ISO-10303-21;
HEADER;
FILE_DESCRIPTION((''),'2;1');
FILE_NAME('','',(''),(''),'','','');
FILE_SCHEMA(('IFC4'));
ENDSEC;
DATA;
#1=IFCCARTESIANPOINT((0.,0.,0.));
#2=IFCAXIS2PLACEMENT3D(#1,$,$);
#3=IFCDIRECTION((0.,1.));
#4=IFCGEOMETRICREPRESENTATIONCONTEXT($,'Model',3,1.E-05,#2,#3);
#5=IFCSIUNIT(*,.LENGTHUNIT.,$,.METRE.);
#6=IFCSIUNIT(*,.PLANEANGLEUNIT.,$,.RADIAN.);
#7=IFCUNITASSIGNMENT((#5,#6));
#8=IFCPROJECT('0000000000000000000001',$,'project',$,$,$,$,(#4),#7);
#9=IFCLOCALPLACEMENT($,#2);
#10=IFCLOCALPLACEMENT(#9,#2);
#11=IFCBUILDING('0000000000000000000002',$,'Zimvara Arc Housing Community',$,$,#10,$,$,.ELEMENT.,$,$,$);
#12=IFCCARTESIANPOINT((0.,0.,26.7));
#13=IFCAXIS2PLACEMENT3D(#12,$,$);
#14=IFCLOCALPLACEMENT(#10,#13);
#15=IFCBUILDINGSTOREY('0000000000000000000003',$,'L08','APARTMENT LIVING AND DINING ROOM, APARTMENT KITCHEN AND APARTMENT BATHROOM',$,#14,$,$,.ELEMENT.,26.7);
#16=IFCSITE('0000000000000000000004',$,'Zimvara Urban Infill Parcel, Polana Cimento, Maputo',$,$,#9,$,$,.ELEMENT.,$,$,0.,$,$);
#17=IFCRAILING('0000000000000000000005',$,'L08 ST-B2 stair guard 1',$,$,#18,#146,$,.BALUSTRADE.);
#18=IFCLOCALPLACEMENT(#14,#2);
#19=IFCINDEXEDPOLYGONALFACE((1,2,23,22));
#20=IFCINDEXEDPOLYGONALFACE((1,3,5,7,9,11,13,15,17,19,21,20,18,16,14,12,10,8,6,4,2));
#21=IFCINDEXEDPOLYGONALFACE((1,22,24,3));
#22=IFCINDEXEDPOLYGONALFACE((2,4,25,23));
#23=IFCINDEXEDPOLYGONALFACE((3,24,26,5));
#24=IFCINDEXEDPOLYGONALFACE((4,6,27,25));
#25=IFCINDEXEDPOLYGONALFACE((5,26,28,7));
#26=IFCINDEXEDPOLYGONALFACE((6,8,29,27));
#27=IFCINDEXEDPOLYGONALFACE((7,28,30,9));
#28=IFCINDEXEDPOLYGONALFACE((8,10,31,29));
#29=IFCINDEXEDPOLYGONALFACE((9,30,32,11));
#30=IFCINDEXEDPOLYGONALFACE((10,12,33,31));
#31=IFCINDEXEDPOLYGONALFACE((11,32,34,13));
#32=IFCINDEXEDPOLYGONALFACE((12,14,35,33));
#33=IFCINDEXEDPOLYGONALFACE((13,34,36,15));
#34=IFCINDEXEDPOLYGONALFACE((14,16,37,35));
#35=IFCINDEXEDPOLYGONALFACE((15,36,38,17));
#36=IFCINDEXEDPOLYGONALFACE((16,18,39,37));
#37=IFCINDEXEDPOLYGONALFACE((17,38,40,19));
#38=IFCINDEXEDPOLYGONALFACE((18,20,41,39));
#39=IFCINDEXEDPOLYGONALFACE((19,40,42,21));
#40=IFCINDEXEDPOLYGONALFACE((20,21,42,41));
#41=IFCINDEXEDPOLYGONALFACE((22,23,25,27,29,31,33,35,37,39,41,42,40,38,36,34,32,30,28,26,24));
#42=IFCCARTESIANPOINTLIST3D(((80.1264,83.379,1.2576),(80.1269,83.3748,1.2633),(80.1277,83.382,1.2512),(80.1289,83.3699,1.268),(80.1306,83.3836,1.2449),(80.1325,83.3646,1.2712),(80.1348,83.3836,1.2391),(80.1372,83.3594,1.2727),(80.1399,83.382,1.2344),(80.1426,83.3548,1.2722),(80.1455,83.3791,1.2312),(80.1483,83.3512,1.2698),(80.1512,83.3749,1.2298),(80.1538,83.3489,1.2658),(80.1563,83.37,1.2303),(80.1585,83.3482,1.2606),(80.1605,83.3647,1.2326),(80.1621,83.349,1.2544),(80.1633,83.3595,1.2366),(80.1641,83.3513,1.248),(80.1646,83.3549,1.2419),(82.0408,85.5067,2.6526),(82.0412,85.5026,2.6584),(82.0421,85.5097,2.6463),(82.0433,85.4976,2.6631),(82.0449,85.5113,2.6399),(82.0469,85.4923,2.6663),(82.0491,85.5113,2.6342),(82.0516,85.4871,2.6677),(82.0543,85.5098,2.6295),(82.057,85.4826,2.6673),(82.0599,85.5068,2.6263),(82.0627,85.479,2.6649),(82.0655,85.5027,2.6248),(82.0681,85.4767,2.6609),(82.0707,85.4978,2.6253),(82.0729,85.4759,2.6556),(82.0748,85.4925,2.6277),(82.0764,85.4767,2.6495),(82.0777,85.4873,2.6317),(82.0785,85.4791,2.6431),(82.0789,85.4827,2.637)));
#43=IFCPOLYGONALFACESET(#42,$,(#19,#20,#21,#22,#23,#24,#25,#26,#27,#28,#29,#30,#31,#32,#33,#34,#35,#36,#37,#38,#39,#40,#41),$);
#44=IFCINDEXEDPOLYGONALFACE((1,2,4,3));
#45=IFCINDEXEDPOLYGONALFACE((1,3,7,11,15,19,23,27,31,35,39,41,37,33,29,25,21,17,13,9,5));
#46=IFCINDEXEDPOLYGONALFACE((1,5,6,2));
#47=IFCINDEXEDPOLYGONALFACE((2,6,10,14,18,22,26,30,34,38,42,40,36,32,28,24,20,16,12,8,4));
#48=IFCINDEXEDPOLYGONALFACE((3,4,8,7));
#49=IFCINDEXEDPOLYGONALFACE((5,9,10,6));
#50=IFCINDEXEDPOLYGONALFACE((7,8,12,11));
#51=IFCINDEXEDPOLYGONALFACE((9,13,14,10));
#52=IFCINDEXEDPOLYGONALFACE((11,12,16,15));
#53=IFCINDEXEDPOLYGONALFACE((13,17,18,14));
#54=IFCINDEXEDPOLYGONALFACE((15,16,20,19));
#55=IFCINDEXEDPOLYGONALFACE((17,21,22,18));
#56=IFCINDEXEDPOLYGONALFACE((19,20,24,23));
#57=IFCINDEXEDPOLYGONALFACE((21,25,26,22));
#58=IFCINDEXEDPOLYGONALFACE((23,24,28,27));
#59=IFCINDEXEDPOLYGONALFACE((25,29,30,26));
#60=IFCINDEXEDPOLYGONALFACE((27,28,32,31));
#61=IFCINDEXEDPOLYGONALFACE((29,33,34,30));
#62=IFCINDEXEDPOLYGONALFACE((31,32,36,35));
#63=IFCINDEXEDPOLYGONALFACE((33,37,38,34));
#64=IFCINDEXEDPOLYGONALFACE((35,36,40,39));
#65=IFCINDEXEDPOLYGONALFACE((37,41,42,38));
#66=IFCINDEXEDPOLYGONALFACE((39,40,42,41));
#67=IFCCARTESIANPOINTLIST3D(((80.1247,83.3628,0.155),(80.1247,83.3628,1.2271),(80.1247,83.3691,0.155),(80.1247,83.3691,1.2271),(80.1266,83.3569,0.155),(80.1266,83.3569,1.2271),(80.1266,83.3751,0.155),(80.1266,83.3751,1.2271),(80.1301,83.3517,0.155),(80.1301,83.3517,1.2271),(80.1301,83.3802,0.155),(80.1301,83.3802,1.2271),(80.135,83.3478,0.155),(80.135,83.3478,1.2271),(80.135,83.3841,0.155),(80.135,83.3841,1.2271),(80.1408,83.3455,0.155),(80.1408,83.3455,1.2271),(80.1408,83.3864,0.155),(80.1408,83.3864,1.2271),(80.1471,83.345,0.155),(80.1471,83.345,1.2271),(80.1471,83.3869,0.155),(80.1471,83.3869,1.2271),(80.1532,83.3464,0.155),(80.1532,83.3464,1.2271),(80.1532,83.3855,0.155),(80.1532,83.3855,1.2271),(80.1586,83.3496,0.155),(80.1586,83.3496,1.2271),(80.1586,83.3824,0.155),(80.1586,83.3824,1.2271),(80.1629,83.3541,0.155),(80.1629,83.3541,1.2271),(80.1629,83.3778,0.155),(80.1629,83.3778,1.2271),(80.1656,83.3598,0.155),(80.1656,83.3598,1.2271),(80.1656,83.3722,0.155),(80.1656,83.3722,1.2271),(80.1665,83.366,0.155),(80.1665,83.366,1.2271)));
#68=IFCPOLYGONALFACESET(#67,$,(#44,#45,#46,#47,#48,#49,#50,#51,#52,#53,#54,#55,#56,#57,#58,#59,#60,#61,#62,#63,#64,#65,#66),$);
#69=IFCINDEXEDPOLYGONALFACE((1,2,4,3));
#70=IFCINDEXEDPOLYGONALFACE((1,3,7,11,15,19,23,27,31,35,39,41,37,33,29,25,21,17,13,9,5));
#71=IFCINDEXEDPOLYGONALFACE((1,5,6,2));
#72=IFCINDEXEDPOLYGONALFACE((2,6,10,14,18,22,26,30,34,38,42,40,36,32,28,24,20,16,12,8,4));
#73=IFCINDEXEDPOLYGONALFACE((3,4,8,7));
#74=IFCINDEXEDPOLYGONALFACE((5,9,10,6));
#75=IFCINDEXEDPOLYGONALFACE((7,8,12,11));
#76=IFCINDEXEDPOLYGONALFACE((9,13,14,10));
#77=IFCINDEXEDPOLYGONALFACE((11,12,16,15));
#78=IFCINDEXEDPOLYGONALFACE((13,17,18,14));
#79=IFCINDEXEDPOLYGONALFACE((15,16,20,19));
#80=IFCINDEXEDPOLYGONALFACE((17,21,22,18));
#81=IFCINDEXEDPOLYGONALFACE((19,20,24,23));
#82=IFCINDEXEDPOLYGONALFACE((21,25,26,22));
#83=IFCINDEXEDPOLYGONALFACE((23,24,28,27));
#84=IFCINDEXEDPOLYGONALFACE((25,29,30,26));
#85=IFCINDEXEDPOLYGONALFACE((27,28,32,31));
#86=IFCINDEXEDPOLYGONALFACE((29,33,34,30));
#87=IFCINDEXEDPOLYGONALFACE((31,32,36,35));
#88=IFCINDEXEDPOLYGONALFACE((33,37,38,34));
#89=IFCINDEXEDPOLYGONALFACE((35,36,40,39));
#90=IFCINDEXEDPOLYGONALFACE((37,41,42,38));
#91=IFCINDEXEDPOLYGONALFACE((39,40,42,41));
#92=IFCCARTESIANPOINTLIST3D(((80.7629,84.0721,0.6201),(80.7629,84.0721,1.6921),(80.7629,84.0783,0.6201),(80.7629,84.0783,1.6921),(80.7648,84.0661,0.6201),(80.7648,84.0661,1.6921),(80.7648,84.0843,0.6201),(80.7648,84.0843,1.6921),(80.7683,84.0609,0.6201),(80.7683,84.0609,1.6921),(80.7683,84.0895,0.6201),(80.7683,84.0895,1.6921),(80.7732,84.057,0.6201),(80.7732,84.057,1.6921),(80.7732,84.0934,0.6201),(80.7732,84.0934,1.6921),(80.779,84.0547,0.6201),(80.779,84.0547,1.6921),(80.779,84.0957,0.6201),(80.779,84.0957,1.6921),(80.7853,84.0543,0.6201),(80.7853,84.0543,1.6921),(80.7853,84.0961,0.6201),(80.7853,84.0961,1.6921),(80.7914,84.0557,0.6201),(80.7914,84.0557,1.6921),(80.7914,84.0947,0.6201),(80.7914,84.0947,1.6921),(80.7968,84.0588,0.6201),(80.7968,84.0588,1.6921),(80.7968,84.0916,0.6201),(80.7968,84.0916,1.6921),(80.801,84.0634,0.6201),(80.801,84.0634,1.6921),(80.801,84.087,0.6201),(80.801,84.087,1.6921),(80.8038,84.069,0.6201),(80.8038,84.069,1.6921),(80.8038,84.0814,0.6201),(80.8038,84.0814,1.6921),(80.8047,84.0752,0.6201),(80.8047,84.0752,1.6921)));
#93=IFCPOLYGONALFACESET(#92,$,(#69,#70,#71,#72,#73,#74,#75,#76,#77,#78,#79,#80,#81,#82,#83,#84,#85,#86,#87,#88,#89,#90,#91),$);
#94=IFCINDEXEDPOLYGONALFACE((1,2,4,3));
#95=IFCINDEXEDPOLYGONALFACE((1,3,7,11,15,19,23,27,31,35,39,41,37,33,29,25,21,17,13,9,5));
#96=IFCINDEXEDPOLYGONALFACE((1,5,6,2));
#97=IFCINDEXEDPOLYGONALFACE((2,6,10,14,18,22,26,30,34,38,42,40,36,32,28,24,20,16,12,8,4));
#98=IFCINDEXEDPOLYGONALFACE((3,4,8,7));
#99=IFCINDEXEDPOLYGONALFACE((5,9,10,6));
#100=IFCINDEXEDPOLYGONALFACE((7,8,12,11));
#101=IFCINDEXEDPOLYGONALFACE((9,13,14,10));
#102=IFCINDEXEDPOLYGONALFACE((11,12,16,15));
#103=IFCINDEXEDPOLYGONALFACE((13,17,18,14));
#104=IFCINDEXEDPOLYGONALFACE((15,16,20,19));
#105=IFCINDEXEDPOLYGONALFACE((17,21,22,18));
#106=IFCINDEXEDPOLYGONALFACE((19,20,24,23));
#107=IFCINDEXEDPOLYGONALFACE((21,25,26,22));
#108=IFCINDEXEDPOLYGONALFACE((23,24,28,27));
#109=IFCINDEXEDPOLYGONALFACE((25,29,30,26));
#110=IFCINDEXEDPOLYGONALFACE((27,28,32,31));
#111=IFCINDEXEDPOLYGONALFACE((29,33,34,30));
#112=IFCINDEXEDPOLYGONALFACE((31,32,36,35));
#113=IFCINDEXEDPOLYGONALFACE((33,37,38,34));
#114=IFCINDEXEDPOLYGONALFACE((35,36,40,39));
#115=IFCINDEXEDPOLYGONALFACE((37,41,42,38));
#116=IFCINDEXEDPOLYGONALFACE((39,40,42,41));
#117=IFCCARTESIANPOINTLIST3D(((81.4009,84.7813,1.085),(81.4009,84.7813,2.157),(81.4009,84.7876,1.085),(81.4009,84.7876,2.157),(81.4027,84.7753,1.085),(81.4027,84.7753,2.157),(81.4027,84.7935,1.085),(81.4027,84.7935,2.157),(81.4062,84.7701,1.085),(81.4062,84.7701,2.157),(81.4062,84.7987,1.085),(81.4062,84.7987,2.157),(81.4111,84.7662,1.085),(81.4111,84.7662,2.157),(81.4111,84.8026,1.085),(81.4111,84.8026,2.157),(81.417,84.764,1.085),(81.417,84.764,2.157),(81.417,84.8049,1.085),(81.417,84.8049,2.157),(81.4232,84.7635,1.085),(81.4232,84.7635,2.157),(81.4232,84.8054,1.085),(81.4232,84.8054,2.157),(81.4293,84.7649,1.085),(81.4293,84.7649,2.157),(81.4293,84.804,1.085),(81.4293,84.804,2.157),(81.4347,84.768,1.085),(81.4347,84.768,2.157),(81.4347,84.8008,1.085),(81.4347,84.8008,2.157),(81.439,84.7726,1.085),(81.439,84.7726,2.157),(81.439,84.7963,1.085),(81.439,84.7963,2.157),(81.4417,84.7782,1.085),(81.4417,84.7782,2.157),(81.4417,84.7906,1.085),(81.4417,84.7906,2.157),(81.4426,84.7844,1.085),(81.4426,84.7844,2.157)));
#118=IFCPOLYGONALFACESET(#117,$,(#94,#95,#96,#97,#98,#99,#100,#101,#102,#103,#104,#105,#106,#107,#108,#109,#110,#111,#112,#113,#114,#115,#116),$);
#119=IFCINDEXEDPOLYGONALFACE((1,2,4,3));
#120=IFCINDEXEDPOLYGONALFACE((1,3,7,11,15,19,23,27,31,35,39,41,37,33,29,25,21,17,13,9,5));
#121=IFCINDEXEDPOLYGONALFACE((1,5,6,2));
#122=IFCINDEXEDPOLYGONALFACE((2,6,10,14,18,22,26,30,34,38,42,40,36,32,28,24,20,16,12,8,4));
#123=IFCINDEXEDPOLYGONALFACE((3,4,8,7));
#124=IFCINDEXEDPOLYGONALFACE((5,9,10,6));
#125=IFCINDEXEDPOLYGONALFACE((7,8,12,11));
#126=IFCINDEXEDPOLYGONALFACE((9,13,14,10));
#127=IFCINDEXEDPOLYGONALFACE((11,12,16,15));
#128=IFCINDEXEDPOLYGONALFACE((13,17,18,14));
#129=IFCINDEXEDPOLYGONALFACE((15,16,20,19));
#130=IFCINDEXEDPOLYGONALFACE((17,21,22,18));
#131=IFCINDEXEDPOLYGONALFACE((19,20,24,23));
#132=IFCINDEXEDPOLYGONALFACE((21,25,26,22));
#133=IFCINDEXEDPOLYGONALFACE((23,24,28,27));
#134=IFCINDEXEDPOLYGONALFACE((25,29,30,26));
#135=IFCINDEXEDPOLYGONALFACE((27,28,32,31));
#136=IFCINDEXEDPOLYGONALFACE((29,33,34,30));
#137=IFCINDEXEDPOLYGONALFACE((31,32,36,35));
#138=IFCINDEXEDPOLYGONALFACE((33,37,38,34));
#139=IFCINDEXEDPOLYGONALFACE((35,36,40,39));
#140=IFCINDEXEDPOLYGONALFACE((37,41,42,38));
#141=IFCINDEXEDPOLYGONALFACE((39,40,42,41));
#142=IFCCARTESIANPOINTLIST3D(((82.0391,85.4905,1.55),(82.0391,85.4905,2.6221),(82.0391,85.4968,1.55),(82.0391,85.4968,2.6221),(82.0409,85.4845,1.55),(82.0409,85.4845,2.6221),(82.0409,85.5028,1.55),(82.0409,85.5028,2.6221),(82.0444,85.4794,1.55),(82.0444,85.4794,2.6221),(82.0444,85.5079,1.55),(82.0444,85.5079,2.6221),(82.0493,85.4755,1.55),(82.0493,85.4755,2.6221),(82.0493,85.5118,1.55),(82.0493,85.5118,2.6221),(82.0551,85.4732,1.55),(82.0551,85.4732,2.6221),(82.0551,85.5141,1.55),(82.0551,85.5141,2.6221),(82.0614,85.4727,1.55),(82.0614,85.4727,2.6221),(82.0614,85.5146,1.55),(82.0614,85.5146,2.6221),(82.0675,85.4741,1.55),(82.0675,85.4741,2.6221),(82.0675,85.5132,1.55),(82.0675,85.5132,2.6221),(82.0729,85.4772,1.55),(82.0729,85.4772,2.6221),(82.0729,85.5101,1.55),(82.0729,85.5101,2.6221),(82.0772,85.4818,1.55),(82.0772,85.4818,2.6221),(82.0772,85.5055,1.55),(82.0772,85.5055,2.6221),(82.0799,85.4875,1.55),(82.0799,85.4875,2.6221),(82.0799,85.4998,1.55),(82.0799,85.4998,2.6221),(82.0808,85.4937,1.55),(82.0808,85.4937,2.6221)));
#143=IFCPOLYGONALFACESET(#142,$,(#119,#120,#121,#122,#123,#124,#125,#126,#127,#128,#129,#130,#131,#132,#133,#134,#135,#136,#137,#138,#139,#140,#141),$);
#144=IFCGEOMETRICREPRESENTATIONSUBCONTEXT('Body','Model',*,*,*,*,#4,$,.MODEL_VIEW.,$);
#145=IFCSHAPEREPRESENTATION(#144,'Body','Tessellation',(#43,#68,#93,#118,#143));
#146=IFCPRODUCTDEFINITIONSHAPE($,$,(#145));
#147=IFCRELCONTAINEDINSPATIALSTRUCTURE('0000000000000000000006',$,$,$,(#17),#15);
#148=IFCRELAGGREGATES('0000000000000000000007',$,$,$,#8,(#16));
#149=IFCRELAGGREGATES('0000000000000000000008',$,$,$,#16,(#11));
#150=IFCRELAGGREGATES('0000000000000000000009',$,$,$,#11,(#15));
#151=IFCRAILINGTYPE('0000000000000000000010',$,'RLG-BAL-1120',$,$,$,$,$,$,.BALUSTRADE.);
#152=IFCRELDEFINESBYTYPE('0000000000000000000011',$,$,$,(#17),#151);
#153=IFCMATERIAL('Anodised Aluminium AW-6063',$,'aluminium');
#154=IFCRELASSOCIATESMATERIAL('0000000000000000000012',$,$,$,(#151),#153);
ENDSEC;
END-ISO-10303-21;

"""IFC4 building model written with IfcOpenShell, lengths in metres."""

from ifc_helpers import new_model, si_unit, direction, frame, origin, origin_2d, place, context, subcontext, project, spatial, circle, extrude, material, type_object, element, save


model = new_model("IFC4")

# Units and contexts
model_context = context("Model", 3, precision=1e-05, world=origin(), true_north=direction((0.0, 1.0)))
body_context = subcontext(model_context, "Body", "Model", "MODEL_VIEW")
ifc_project = project(units=[si_unit("LENGTHUNIT", "METRE"), si_unit("PLANEANGLEUNIT", "RADIAN")], contexts=[model_context])

# Site, building, storey
site_placement = place(None, origin())
site = spatial("IfcSite", under=ifc_project, at=site_placement, Name="Zimvara Urban Infill Parcel, Polana Cimento, Maputo", CompositionType="ELEMENT", RefElevation=0.0)
building_placement = place(site_placement, origin())
building = spatial("IfcBuilding", under=site, at=building_placement, Name="Zimvara Arc Housing Community", CompositionType="ELEMENT")
storey_placement = place(building_placement, frame((0.0, 0.0, 26.7)))
storey = spatial("IfcBuildingStorey", under=building, at=storey_placement, Name="L08", Description="APARTMENT LIVING AND DINING ROOM, APARTMENT KITCHEN AND APARTMENT BATHROOM", CompositionType="ELEMENT", Elevation=26.7)

# Railing
ifc_material_1 = material(Name="Anodised Aluminium AW-6063", Category="aluminium")
railing_type_1 = type_object("IfcRailingType", Name="RLG-BAL-1120", PredefinedType="BALUSTRADE", material=ifc_material_1)
railing_1_placement = place(storey_placement, frame((80.1455, 83.366, 0.155)))
element("IfcRailing", 1, at=railing_1_placement, inside=storey, type_object=railing_type_1, Name="L08 ST-B2 stair guard 1", PredefinedType="BALUSTRADE", context=body_context, shape_type="SweptSolid", body=[
    extrude(circle(Radius=0.0239, at=origin_2d()), frame((0.0, 0.0, 1.0962), z_axis=(0.601232, 0.668248, 0.438138), x_axis=(-0.7434, 0.668847, 0.0)), (0.0, 0.0, 1.0), 3.1841),
    extrude(circle(Radius=0.021, at=origin_2d()), origin(), (0.0, 0.0, 1.0), 1.072),
    extrude(circle(Radius=0.021, at=origin_2d()), frame((0.6382, 0.7092, 0.4651)), (0.0, 0.0, 1.0), 1.072),
    extrude(circle(Radius=0.021, at=origin_2d()), frame((1.2761, 1.4185, 0.9299)), (0.0, 0.0, 1.0), 1.072),
    extrude(circle(Radius=0.021, at=origin_2d()), frame((1.9143, 2.1277, 1.395)), (0.0, 0.0, 1.0), 1.072),
])

save(model, "model.ifc")
